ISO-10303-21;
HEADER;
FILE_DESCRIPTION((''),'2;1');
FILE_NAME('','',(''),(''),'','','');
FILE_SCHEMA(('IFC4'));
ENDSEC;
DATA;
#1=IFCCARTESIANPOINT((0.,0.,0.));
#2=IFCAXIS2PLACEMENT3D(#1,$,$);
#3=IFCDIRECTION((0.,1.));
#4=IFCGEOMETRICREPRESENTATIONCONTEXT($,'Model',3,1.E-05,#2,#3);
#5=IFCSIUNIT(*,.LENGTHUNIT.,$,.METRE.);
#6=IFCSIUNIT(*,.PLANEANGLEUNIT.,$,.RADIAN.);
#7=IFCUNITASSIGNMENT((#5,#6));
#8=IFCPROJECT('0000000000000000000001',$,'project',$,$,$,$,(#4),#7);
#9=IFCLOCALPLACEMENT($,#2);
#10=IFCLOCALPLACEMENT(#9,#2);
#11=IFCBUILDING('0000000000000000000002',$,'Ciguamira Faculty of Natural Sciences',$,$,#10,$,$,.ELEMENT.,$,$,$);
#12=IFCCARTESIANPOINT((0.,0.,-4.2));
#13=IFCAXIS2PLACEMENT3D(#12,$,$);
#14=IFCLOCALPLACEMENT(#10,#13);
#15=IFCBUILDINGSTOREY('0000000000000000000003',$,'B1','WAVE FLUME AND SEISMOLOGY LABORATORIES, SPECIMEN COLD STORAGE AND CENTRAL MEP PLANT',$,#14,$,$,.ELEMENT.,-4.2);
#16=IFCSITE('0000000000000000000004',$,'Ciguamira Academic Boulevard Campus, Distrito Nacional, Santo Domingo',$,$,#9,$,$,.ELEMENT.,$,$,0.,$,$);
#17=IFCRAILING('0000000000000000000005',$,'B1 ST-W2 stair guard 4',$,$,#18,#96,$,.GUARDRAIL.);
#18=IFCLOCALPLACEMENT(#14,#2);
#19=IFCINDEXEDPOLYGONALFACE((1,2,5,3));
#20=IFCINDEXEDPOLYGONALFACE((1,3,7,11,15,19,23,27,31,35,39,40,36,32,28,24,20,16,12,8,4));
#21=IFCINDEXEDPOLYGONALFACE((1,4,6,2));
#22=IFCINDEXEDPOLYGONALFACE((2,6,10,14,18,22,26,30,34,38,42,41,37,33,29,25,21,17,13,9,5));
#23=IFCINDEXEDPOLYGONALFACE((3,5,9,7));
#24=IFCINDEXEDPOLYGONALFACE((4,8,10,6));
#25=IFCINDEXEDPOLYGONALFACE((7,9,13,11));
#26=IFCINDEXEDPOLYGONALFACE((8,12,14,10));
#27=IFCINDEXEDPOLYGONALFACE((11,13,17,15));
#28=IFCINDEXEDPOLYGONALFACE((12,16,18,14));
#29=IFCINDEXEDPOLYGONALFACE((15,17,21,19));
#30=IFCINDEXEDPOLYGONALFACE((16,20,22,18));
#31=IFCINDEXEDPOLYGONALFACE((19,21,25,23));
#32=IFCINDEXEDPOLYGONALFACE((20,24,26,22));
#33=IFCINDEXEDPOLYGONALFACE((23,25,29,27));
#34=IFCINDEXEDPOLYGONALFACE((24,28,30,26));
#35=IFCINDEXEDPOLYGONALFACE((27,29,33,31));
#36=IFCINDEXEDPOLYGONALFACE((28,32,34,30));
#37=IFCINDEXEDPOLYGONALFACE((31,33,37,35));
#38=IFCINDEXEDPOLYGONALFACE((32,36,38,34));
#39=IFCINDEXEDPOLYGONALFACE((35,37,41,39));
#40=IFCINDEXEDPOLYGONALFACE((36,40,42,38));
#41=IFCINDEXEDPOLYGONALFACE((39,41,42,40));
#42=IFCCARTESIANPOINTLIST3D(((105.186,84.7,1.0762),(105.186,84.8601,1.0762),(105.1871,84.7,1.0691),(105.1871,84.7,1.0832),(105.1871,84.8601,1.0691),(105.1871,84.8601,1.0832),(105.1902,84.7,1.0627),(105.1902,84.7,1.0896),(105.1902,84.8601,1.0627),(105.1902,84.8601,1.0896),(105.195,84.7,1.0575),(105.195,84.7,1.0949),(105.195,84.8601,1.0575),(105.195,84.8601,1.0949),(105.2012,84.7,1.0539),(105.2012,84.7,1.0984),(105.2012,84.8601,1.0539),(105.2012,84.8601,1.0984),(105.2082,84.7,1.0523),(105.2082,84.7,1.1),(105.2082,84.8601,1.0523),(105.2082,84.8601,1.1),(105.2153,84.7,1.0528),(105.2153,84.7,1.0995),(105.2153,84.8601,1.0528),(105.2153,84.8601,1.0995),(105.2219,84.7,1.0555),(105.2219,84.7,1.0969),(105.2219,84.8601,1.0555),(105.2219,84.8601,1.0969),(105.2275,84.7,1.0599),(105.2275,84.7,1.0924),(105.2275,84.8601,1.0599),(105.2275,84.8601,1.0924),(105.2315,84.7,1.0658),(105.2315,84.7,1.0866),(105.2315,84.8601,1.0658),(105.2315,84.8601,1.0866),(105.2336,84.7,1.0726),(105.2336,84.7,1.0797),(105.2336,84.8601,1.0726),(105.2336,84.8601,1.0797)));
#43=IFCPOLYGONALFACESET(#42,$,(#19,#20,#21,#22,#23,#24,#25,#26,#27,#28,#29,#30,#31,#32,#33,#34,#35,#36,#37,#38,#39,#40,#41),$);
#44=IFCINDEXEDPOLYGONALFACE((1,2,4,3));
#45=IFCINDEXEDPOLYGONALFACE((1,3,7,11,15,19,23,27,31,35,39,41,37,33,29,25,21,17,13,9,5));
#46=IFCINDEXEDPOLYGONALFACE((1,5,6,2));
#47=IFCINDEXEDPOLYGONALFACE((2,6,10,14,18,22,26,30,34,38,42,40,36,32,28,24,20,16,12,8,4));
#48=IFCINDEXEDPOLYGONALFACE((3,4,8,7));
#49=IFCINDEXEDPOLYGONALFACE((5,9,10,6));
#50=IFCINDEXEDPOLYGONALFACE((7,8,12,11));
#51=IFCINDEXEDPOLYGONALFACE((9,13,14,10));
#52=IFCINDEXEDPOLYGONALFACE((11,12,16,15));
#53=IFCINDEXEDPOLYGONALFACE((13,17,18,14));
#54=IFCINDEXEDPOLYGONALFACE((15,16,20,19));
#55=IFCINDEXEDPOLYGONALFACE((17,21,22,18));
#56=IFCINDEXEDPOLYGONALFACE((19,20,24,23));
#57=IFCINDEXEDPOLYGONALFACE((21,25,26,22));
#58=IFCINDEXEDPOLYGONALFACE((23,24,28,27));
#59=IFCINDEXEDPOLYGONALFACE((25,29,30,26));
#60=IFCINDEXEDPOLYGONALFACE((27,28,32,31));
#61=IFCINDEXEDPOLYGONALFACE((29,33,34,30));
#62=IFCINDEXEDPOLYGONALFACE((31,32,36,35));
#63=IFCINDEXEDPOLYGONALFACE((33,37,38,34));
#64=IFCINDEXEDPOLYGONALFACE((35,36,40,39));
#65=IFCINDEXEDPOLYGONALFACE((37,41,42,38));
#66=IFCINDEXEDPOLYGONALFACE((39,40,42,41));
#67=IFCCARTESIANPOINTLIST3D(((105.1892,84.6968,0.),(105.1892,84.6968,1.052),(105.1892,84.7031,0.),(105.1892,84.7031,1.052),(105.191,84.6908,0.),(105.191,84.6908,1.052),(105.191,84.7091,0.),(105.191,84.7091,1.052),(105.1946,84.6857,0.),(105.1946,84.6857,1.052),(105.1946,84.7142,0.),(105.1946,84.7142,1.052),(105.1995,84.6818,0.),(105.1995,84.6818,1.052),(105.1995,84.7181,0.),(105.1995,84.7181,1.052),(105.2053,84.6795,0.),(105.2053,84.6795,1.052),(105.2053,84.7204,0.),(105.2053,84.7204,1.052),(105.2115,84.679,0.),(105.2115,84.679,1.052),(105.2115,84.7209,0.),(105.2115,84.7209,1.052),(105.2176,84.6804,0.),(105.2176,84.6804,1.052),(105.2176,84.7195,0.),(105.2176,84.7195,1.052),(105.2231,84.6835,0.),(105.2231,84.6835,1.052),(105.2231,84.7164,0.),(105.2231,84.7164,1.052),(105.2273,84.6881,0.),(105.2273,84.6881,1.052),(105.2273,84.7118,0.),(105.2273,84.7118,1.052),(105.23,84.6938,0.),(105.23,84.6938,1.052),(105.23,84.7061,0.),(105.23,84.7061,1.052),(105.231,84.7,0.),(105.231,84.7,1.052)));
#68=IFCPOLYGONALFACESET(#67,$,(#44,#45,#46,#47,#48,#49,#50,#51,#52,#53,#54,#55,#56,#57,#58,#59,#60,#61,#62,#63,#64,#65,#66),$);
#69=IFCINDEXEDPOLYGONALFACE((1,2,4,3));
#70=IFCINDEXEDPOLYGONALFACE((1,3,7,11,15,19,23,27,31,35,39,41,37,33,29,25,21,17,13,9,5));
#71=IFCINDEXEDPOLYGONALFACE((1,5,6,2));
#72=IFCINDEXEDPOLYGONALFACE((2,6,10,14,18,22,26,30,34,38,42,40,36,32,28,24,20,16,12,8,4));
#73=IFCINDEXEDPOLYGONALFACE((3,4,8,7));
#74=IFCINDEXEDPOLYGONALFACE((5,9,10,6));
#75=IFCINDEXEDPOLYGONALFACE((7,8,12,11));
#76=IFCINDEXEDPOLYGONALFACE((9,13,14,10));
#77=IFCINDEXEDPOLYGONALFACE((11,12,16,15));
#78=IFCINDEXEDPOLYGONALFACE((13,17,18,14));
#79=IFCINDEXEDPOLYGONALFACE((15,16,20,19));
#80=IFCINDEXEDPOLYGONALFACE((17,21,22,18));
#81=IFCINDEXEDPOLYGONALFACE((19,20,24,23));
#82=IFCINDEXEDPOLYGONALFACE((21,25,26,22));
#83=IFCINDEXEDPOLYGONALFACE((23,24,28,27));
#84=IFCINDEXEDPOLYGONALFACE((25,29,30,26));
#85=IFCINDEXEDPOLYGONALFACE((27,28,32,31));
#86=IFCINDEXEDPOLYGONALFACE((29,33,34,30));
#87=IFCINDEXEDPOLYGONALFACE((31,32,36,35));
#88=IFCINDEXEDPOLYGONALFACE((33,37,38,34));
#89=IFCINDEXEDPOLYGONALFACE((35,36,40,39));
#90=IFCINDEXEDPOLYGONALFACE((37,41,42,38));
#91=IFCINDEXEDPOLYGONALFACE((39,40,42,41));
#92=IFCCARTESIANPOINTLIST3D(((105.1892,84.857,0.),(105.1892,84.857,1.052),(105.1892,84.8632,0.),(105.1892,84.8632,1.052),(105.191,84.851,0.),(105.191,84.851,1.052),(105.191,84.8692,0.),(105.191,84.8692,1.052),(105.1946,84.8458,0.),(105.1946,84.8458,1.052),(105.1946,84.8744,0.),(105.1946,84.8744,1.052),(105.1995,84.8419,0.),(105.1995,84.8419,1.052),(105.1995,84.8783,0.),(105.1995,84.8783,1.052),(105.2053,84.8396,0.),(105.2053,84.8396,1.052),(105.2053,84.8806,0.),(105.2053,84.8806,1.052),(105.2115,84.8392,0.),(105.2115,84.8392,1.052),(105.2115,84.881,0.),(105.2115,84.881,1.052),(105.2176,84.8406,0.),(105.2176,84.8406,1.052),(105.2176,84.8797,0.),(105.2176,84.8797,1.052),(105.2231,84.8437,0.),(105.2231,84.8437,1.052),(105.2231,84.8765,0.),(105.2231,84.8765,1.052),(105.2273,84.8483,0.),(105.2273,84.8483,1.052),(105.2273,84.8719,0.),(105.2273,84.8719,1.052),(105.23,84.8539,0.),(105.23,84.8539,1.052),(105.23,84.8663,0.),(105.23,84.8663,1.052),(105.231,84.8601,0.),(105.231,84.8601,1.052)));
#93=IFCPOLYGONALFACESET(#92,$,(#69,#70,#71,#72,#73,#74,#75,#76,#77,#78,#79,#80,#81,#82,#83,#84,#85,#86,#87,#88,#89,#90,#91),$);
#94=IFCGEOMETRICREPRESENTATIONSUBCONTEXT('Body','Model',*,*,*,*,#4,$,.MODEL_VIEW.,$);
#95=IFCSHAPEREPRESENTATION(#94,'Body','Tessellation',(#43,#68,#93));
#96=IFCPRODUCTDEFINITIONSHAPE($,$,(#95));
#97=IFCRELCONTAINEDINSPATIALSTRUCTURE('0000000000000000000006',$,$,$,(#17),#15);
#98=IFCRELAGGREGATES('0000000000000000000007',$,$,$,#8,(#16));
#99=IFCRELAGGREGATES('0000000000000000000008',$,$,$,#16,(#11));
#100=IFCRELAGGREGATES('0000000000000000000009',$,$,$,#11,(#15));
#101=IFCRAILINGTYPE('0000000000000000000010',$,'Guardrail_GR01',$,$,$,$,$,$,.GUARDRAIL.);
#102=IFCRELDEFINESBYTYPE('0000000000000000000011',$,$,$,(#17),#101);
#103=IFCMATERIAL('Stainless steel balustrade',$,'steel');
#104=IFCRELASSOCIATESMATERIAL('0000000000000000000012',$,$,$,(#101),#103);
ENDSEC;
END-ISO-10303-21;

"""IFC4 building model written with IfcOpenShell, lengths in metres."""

from ifc_helpers import new_model, si_unit, direction, frame, origin, origin_2d, place, context, subcontext, project, spatial, circle, extrude, material, type_object, element, save


model = new_model("IFC4")

# Units and contexts
model_context = context("Model", 3, precision=1e-05, world=origin(), true_north=direction((0.0, 1.0)))
body_context = subcontext(model_context, "Body", "Model", "MODEL_VIEW")
ifc_project = project(units=[si_unit("LENGTHUNIT", "METRE"), si_unit("PLANEANGLEUNIT", "RADIAN")], contexts=[model_context])

# Site, building, storey
site_placement = place(None, origin())
site = spatial("IfcSite", under=ifc_project, at=site_placement, Name="Ciguamira Academic Boulevard Campus, Distrito Nacional, Santo Domingo", CompositionType="ELEMENT", RefElevation=0.0)
building_placement = place(site_placement, origin())
building = spatial("IfcBuilding", under=site, at=building_placement, Name="Ciguamira Faculty of Natural Sciences", CompositionType="ELEMENT")
storey_placement = place(building_placement, frame((0.0, 0.0, -4.2)))
storey = spatial("IfcBuildingStorey", under=building, at=storey_placement, Name="B1", Description="WAVE FLUME AND SEISMOLOGY LABORATORIES, SPECIMEN COLD STORAGE AND CENTRAL MEP PLANT", CompositionType="ELEMENT", Elevation=-4.2)

# Railing
ifc_material_1 = material(Name="Stainless steel balustrade", Category="steel")
railing_type_1 = type_object("IfcRailingType", Name="Guardrail_GR01", PredefinedType="GUARDRAIL", material=ifc_material_1)
railing_1_placement = place(storey_placement, frame((105.21, 84.7, 0.0)))
element("IfcRailing", 1, at=railing_1_placement, inside=storey, type_object=railing_type_1, Name="B1 ST-W2 stair guard 4", PredefinedType="GUARDRAIL", context=body_context, shape_type="SweptSolid", body=[
    extrude(circle(Radius=0.0239, at=origin_2d()), frame((0.0, 0.0, 1.0762), z_axis=(0.0, 1.0, 0.0), x_axis=(-1.0, 0.0, 0.0)), (0.0, 0.0, 1.0), 0.1602),
    extrude(circle(Radius=0.021, at=origin_2d()), origin(), (0.0, 0.0, 1.0), 1.052),
    extrude(circle(Radius=0.021, at=origin_2d()), frame((0.0, 0.1602, 0.0)), (0.0, 0.0, 1.0), 1.052),
])

save(model, "model.ifc")
